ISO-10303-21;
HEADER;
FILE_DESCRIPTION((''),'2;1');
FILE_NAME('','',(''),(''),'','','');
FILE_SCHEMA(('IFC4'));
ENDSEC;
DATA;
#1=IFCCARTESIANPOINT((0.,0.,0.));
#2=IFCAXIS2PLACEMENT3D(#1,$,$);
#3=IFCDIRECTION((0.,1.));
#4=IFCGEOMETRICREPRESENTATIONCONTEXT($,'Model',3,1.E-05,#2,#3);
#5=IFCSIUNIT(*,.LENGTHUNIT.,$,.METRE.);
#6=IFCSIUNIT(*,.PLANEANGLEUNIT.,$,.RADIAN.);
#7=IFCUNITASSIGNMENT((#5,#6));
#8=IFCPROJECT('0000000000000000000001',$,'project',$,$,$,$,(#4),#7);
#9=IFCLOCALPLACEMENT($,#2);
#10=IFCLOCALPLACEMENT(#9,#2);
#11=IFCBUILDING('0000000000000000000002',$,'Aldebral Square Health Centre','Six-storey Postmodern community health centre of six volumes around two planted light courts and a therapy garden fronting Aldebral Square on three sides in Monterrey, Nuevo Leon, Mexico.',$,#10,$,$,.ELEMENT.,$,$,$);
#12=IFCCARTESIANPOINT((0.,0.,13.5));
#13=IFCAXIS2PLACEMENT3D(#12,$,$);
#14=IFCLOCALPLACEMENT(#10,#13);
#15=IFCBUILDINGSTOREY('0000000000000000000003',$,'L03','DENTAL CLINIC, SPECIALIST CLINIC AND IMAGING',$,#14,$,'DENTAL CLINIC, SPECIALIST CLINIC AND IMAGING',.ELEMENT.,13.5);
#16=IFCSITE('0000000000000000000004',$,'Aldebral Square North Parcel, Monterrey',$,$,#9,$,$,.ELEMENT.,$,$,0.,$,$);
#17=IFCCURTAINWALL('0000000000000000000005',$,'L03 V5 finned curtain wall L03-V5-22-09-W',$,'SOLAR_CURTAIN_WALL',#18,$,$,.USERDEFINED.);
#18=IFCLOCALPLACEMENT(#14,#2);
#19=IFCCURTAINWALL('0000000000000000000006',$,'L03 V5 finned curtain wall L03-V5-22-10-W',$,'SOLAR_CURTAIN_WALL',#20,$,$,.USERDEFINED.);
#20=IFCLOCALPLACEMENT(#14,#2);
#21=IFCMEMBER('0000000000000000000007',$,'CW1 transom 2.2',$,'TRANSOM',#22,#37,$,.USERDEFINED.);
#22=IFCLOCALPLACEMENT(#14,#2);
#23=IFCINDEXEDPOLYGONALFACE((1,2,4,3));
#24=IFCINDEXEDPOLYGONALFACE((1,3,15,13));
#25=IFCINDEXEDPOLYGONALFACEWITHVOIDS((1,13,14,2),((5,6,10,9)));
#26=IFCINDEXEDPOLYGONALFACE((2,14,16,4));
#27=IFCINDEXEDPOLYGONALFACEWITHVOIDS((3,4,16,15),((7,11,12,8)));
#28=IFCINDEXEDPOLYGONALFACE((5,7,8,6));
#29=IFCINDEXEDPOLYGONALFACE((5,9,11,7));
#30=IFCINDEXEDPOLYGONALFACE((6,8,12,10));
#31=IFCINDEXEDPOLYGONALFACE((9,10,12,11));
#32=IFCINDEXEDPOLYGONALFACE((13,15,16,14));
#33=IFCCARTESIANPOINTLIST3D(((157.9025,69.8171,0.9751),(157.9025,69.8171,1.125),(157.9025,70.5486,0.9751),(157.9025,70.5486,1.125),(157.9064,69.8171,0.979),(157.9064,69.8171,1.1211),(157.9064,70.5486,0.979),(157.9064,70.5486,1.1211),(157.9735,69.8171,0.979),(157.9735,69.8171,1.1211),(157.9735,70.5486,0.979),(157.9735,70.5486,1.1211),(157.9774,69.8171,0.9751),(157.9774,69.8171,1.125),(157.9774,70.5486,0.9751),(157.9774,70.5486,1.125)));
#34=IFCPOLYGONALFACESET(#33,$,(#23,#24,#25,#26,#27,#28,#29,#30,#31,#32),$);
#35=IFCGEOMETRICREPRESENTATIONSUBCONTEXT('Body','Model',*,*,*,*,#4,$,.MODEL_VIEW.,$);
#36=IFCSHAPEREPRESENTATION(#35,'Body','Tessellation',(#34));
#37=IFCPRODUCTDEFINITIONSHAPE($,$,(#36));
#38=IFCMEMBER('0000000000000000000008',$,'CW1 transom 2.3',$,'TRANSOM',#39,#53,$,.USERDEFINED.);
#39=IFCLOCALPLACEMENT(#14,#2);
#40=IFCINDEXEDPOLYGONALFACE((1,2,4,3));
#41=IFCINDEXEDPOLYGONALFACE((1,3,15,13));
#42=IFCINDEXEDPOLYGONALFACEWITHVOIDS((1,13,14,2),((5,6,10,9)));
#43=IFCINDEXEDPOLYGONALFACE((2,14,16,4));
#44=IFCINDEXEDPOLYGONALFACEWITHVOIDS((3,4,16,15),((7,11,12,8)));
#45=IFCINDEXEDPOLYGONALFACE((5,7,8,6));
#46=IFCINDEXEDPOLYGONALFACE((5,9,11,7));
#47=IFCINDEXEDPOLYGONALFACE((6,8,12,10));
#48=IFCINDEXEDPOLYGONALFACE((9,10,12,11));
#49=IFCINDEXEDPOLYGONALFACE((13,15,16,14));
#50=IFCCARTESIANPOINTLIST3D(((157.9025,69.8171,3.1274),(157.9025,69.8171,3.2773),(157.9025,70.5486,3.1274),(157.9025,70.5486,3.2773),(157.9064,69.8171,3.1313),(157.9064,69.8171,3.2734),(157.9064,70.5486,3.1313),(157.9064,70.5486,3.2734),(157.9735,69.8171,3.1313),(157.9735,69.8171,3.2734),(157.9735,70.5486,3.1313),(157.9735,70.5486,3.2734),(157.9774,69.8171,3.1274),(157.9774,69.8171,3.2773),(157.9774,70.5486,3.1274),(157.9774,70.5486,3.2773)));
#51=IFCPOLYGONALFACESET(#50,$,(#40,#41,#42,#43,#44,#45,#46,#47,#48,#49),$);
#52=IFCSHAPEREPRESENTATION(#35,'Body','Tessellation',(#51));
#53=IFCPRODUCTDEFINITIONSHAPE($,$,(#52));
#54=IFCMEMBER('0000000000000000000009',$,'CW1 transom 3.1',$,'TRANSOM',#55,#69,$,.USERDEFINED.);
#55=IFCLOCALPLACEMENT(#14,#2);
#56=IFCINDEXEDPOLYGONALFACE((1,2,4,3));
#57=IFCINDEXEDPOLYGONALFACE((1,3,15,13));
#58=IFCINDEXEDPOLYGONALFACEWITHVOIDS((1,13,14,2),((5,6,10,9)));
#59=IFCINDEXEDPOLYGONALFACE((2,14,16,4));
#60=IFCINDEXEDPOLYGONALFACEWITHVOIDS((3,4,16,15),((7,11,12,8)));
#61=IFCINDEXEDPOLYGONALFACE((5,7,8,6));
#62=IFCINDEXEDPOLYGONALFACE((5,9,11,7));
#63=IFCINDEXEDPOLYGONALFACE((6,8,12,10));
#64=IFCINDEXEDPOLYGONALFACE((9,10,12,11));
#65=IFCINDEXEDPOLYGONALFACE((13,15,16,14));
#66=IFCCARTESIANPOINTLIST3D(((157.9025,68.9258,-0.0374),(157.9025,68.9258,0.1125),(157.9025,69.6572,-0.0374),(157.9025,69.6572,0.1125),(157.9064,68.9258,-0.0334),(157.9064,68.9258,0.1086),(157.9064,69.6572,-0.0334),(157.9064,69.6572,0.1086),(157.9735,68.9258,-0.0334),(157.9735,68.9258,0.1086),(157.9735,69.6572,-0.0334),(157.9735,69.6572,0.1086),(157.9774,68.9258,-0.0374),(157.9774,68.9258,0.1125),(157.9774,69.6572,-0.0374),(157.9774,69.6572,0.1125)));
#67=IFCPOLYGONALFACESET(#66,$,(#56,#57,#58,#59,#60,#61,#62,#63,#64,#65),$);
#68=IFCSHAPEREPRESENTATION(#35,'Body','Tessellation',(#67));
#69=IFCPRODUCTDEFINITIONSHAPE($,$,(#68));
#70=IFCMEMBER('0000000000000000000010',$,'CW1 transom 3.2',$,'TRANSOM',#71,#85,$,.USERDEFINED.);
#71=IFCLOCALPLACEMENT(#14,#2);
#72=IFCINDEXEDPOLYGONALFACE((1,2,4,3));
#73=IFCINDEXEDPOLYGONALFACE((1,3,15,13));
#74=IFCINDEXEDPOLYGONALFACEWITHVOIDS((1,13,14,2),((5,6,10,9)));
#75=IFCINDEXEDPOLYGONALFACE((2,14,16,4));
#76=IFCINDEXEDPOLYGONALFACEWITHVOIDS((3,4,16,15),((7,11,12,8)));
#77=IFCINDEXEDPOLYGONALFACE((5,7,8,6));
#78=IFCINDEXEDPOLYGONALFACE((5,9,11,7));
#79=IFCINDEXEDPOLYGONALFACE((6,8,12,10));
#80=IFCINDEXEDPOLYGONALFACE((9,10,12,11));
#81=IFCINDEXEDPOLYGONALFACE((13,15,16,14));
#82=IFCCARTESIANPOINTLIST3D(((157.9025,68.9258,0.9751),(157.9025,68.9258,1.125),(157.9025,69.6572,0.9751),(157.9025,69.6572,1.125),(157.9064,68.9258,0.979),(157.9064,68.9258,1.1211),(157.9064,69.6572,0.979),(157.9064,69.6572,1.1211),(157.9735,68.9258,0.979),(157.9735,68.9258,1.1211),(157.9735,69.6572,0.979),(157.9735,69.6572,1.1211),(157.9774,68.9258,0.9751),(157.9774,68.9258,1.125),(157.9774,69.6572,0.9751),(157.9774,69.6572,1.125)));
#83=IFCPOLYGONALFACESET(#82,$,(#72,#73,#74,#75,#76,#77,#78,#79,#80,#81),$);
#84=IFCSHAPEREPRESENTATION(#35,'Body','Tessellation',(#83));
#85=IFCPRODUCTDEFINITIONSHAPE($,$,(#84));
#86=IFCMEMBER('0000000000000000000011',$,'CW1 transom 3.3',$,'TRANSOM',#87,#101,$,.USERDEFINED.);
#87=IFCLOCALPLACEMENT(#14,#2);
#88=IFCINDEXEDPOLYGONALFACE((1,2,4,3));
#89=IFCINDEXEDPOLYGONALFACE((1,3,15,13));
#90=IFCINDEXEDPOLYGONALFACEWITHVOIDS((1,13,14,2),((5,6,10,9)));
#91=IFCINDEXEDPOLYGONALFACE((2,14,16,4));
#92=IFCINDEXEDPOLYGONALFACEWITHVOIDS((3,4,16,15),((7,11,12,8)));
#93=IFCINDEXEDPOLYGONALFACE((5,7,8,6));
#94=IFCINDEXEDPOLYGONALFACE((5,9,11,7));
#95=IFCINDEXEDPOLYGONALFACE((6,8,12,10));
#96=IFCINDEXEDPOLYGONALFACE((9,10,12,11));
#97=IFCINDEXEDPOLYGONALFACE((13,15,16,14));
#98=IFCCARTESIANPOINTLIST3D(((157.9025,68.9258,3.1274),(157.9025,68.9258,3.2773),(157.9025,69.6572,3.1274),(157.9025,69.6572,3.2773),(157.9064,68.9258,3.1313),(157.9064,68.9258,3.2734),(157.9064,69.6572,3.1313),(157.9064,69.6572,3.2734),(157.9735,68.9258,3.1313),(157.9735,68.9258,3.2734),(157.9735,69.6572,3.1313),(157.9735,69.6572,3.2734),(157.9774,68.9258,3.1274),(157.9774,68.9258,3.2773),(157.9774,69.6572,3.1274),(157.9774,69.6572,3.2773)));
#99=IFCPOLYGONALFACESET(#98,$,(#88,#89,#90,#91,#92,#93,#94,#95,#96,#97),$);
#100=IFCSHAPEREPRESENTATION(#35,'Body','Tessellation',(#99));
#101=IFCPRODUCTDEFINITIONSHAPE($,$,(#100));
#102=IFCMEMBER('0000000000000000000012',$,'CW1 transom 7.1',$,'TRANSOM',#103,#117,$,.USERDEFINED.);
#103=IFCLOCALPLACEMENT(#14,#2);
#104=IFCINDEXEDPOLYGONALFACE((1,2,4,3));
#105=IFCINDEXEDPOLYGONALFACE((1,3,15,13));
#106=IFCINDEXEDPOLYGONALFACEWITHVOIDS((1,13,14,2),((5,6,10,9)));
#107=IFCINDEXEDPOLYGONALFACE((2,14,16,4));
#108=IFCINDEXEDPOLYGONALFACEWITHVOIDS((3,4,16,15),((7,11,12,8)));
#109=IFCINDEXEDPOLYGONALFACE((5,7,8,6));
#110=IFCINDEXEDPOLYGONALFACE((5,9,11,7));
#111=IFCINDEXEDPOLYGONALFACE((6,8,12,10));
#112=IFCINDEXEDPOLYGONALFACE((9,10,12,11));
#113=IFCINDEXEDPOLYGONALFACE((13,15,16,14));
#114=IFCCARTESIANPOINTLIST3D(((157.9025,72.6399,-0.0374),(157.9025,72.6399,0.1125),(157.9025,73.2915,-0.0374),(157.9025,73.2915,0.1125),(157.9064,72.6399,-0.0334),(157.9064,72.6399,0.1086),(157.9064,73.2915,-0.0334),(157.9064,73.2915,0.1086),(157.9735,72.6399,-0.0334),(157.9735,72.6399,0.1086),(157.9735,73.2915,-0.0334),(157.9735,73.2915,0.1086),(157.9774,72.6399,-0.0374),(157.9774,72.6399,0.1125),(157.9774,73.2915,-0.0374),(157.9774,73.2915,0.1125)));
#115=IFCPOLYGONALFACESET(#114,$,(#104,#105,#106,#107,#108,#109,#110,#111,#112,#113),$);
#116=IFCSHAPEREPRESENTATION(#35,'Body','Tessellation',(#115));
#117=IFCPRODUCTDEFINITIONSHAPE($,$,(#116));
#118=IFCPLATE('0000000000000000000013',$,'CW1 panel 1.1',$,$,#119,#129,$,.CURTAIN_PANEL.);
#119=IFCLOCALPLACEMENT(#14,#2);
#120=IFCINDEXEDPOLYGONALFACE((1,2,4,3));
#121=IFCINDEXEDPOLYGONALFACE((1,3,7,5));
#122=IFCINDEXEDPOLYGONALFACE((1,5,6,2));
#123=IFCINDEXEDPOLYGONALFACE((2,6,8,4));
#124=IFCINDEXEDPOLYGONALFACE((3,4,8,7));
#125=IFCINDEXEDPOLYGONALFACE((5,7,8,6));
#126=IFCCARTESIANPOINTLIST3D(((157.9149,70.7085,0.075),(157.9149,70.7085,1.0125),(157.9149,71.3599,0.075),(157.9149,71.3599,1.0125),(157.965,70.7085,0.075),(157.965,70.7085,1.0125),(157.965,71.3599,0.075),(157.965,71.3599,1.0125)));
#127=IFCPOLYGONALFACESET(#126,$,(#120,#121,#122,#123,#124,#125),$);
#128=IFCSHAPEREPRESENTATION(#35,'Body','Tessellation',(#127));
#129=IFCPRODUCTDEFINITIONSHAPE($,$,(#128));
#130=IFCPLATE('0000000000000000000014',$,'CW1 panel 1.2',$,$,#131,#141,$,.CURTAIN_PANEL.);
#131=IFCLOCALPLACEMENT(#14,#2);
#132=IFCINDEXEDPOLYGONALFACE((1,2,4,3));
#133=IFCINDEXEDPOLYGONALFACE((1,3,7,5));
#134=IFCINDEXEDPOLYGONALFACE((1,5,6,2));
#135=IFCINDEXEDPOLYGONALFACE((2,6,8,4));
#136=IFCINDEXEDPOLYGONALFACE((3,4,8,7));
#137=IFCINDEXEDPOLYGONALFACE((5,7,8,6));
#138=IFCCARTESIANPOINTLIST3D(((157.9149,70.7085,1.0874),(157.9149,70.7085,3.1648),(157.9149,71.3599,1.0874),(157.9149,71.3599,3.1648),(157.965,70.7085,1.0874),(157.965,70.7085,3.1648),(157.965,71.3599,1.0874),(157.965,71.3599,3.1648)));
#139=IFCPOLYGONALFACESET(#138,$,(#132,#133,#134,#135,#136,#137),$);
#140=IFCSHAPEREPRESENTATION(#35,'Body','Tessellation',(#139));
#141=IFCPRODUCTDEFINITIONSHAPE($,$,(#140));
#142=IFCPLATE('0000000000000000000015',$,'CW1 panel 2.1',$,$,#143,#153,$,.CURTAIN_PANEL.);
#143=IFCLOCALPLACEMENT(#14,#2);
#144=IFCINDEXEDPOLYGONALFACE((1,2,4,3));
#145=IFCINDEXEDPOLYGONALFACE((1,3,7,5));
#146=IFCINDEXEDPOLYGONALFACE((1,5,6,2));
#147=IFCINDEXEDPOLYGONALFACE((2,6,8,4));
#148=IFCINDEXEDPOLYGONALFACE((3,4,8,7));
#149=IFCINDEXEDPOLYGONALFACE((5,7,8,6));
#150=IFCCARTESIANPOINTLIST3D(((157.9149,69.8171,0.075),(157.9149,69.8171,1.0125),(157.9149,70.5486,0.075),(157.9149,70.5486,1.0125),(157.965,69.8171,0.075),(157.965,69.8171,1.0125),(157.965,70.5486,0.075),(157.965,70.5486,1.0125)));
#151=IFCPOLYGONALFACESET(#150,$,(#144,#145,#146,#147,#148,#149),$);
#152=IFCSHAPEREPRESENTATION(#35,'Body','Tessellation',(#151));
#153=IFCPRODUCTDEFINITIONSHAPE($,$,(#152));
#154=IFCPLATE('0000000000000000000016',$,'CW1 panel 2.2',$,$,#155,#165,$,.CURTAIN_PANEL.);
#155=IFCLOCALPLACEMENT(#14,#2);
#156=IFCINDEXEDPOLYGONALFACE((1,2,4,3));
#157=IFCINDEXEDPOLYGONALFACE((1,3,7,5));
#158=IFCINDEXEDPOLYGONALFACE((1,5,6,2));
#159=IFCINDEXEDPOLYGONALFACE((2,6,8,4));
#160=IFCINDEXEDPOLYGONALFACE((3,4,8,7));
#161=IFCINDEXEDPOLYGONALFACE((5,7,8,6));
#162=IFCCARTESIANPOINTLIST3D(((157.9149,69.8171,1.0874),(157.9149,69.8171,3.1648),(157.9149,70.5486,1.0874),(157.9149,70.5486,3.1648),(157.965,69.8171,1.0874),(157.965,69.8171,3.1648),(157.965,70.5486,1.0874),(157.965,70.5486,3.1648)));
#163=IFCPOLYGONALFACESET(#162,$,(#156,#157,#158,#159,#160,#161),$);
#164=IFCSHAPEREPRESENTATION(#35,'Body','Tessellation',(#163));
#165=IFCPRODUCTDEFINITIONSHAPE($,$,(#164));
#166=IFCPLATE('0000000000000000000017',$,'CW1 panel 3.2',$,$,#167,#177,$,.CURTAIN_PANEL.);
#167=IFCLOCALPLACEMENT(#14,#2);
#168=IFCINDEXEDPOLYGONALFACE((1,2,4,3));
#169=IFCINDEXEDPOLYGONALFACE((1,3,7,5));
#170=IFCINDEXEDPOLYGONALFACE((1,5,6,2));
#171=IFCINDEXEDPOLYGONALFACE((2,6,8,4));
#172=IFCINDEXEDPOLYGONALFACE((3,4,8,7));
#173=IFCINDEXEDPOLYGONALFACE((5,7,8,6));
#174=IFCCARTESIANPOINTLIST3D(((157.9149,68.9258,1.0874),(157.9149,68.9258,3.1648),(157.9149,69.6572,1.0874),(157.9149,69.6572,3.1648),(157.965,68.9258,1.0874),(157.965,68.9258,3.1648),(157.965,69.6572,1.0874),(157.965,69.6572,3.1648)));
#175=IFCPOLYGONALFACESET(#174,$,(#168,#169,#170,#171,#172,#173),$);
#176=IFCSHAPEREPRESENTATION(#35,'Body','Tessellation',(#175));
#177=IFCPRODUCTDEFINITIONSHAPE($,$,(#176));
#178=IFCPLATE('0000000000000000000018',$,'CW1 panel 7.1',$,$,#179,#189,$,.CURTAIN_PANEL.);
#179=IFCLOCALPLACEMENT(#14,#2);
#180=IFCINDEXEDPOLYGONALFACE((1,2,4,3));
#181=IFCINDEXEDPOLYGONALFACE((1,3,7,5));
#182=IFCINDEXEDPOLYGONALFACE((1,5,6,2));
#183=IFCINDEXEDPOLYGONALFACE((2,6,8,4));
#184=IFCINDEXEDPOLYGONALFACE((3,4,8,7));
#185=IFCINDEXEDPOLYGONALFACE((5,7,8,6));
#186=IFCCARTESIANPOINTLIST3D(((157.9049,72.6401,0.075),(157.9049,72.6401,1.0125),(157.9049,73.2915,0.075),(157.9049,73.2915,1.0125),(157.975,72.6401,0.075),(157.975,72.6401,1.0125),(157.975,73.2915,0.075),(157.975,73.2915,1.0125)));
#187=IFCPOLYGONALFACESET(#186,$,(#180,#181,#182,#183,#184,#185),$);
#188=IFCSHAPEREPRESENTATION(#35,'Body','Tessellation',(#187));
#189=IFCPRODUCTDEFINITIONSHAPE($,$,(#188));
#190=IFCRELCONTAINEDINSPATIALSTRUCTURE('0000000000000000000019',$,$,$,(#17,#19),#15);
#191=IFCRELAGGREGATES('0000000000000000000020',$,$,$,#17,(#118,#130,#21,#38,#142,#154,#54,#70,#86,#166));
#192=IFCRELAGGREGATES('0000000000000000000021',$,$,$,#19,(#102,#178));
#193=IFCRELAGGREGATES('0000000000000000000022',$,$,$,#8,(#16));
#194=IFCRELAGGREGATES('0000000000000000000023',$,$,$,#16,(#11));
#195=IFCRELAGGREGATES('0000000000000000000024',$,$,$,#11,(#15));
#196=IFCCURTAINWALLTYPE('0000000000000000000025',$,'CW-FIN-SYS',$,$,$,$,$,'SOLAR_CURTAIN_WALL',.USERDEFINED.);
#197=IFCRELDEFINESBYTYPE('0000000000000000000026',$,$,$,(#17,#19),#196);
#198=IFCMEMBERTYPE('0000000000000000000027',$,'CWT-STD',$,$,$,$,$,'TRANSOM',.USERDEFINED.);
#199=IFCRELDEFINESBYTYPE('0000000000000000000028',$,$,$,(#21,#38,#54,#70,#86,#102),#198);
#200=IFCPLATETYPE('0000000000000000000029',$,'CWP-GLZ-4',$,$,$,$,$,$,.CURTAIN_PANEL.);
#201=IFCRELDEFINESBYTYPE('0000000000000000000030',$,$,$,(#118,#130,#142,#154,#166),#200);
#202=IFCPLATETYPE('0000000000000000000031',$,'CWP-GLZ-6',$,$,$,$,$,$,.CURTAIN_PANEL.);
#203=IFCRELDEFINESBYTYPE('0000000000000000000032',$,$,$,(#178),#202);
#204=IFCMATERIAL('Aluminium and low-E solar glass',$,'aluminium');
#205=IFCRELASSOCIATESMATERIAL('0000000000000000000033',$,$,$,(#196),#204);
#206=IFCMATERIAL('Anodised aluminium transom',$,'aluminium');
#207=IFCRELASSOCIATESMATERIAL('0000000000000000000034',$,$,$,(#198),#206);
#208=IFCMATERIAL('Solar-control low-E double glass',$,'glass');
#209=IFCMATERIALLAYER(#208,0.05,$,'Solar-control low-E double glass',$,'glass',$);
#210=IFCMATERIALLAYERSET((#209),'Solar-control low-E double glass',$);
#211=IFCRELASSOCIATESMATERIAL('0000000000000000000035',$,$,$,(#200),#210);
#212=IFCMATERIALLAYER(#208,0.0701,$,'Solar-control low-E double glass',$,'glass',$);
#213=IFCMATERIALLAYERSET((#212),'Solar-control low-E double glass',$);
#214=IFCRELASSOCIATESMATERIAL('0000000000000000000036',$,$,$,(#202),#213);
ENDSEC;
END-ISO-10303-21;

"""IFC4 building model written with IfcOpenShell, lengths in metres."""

from ifc_helpers import new_model, si_unit, direction, frame, origin, origin_2d, place, context, subcontext, project, spatial, rectangle, hollow_rectangle, extrude, material, layer, layer_set, material_profile, profile_set, type_object, element, aggregate, save


model = new_model("IFC4")

# Units and contexts
model_context = context("Model", 3, precision=1e-05, world=origin(), true_north=direction((0.0, 1.0)))
body_context = subcontext(model_context, "Body", "Model", "MODEL_VIEW")
ifc_project = project(units=[si_unit("LENGTHUNIT", "METRE"), si_unit("PLANEANGLEUNIT", "RADIAN")], contexts=[model_context])

# Site, building, storey
site_placement = place(None, origin())
site = spatial("IfcSite", under=ifc_project, at=site_placement, Name="Aldebral Square North Parcel, Monterrey", CompositionType="ELEMENT", RefElevation=0.0)
building_placement = place(site_placement, origin())
building = spatial("IfcBuilding", under=site, at=building_placement, Name="Aldebral Square Health Centre", Description="Six-storey Postmodern community health centre of six volumes around two planted light courts and a therapy garden fronting Aldebral Square on three sides in Monterrey, Nuevo Leon, Mexico.", CompositionType="ELEMENT")
storey_placement = place(building_placement, frame((0.0, 0.0, 13.5)))
storey = spatial("IfcBuildingStorey", under=building, at=storey_placement, Name="L03", Description="DENTAL CLINIC, SPECIALIST CLINIC AND IMAGING", LongName="DENTAL CLINIC, SPECIALIST CLINIC AND IMAGING", CompositionType="ELEMENT", Elevation=13.5)

# Curtain wall
ifc_material_1 = material(Name="Aluminium and low-E solar glass", Category="aluminium")
curtain_wall_type = type_object("IfcCurtainWallType", Name="CW-FIN-SYS", ElementType="SOLAR_CURTAIN_WALL", PredefinedType="USERDEFINED", material=ifc_material_1)
curtain_wall_1_placement = place(storey_placement, origin())
curtain_wall_1 = element("IfcCurtainWall", 1, at=curtain_wall_1_placement, inside=storey, type_object=curtain_wall_type, Name="L03 V5 finned curtain wall L03-V5-22-09-W", ObjectType="SOLAR_CURTAIN_WALL", PredefinedType="USERDEFINED")

# Curtain wall
curtain_wall_2_placement = place(storey_placement, origin())
curtain_wall_2 = element("IfcCurtainWall", 2, at=curtain_wall_2_placement, inside=storey, type_object=curtain_wall_type, Name="L03 V5 finned curtain wall L03-V5-22-10-W", ObjectType="SOLAR_CURTAIN_WALL", PredefinedType="USERDEFINED")

# Members
ifc_material_2 = material(Name="Anodised aluminium transom", Category="aluminium")
ifc_material_profile_1 = material_profile(ifc_material_2, hollow_rectangle(XDim=0.075, YDim=0.1499, WallThickness=0.0039, at=origin_2d()), Name="CWT 75x150x4")
ifc_profile_set_1 = profile_set([ifc_material_profile_1], Name="Anodised aluminium transom")
member_type_1 = type_object("IfcMemberType", Name="CWT-STD", ElementType="TRANSOM", PredefinedType="USERDEFINED", material=ifc_profile_set_1)
member_1_placement = place(storey_placement, frame((157.9399, 70.5486, 1.05), z_axis=(0.0, -1.0, 0.0), x_axis=(1.0, 0.0, 0.0)))
member_1 = element("IfcMember", 3, at=member_1_placement, type_object=member_type_1, Name="CW1 transom 2.2", ObjectType="TRANSOM", PredefinedType="USERDEFINED", context=body_context, shape_type="SweptSolid", body=[
    extrude(hollow_rectangle(XDim=0.075, YDim=0.1499, WallThickness=0.0039, at=origin_2d()), origin(), (0.0, 0.0, 1.0), 0.7314),
])
member_2_placement = place(storey_placement, frame((157.9399, 70.5486, 3.2024), z_axis=(0.0, -1.0, 0.0), x_axis=(1.0, 0.0, 0.0)))
member_2 = element("IfcMember", 4, at=member_2_placement, type_object=member_type_1, Name="CW1 transom 2.3", ObjectType="TRANSOM", PredefinedType="USERDEFINED", context=body_context, shape_type="SweptSolid", body=[
    extrude(hollow_rectangle(XDim=0.075, YDim=0.1499, WallThickness=0.0039, at=origin_2d()), origin(), (0.0, 0.0, 1.0), 0.7314),
])
member_3_placement = place(storey_placement, frame((157.9399, 69.6572, 0.0376), z_axis=(0.0, -1.0, 0.0), x_axis=(1.0, 0.0, 0.0)))
member_3 = element("IfcMember", 5, at=member_3_placement, type_object=member_type_1, Name="CW1 transom 3.1", ObjectType="TRANSOM", PredefinedType="USERDEFINED", context=body_context, shape_type="SweptSolid", body=[
    extrude(hollow_rectangle(XDim=0.075, YDim=0.1499, WallThickness=0.0039, at=origin_2d()), origin(), (0.0, 0.0, 1.0), 0.7314),
])
member_4_placement = place(storey_placement, frame((157.9399, 69.6572, 1.05), z_axis=(0.0, -1.0, 0.0), x_axis=(1.0, 0.0, 0.0)))
member_4 = element("IfcMember", 6, at=member_4_placement, type_object=member_type_1, Name="CW1 transom 3.2", ObjectType="TRANSOM", PredefinedType="USERDEFINED", context=body_context, shape_type="SweptSolid", body=[
    extrude(hollow_rectangle(XDim=0.075, YDim=0.1499, WallThickness=0.0039, at=origin_2d()), origin(), (0.0, 0.0, 1.0), 0.7314),
])
member_5_placement = place(storey_placement, frame((157.9399, 69.6572, 3.2024), z_axis=(0.0, -1.0, 0.0), x_axis=(1.0, 0.0, 0.0)))
member_5 = element("IfcMember", 7, at=member_5_placement, type_object=member_type_1, Name="CW1 transom 3.3", ObjectType="TRANSOM", PredefinedType="USERDEFINED", context=body_context, shape_type="SweptSolid", body=[
    extrude(hollow_rectangle(XDim=0.075, YDim=0.1499, WallThickness=0.0039, at=origin_2d()), origin(), (0.0, 0.0, 1.0), 0.7314),
])
member_6_placement = place(storey_placement, frame((157.9399, 73.2915, 0.0376), z_axis=(0.0, -1.0, 0.0), x_axis=(1.0, 0.0, 0.0)))
member_6 = element("IfcMember", 8, at=member_6_placement, type_object=member_type_1, Name="CW1 transom 7.1", ObjectType="TRANSOM", PredefinedType="USERDEFINED", context=body_context, shape_type="SweptSolid", body=[
    extrude(hollow_rectangle(XDim=0.075, YDim=0.1499, WallThickness=0.0039, at=origin_2d()), origin(), (0.0, 0.0, 1.0), 0.6516),
])

# Plates
ifc_material_3 = material(Name="Solar-control low-E double glass", Category="glass")
ifc_layer_1 = layer(ifc_material_3, 0.05, Name="Solar-control low-E double glass", Category="glass")
ifc_layer_set_1 = layer_set([ifc_layer_1], Name="Solar-control low-E double glass")
plate_type_1 = type_object("IfcPlateType", Name="CWP-GLZ-4", PredefinedType="CURTAIN_PANEL", material=ifc_layer_set_1)
plate_1_placement = place(storey_placement, frame((157.9399, 71.0342, 0.075), z_axis=(0.0, 0.0, 1.0), x_axis=(0.0, -1.0, 0.0)))
plate_1 = element("IfcPlate", 9, at=plate_1_placement, type_object=plate_type_1, Name="CW1 panel 1.1", PredefinedType="CURTAIN_PANEL", context=body_context, shape_type="SweptSolid", body=[
    extrude(rectangle(XDim=0.6514, YDim=0.05, at=origin_2d()), origin(), (0.0, 0.0, 1.0), 0.9375),
])
plate_2_placement = place(storey_placement, frame((157.9399, 71.0342, 1.0874), z_axis=(0.0, 0.0, 1.0), x_axis=(0.0, -1.0, 0.0)))
plate_2 = element("IfcPlate", 10, at=plate_2_placement, type_object=plate_type_1, Name="CW1 panel 1.2", PredefinedType="CURTAIN_PANEL", context=body_context, shape_type="SweptSolid", body=[
    extrude(rectangle(XDim=0.6514, YDim=0.05, at=origin_2d()), origin(), (0.0, 0.0, 1.0), 2.0774),
])
plate_3_placement = place(storey_placement, frame((157.9399, 70.1829, 0.075), z_axis=(0.0, 0.0, 1.0), x_axis=(0.0, -1.0, 0.0)))
plate_3 = element("IfcPlate", 11, at=plate_3_placement, type_object=plate_type_1, Name="CW1 panel 2.1", PredefinedType="CURTAIN_PANEL", context=body_context, shape_type="SweptSolid", body=[
    extrude(rectangle(XDim=0.7314, YDim=0.05, at=origin_2d()), origin(), (0.0, 0.0, 1.0), 0.9375),
])
plate_4_placement = place(storey_placement, frame((157.9399, 70.1829, 1.0874), z_axis=(0.0, 0.0, 1.0), x_axis=(0.0, -1.0, 0.0)))
plate_4 = element("IfcPlate", 12, at=plate_4_placement, type_object=plate_type_1, Name="CW1 panel 2.2", PredefinedType="CURTAIN_PANEL", context=body_context, shape_type="SweptSolid", body=[
    extrude(rectangle(XDim=0.7314, YDim=0.05, at=origin_2d()), origin(), (0.0, 0.0, 1.0), 2.0774),
])
plate_5_placement = place(storey_placement, frame((157.9399, 69.2915, 1.0874), z_axis=(0.0, 0.0, 1.0), x_axis=(0.0, -1.0, 0.0)))
plate_5 = element("IfcPlate", 13, at=plate_5_placement, type_object=plate_type_1, Name="CW1 panel 3.2", PredefinedType="CURTAIN_PANEL", context=body_context, shape_type="SweptSolid", body=[
    extrude(rectangle(XDim=0.7314, YDim=0.05, at=origin_2d()), origin(), (0.0, 0.0, 1.0), 2.0774),
])
aggregate(curtain_wall_1, [plate_1, plate_2, member_1, member_2, plate_3, plate_4, member_3, member_4, member_5, plate_5])
ifc_layer_2 = layer(ifc_material_3, 0.0701, Name="Solar-control low-E double glass", Category="glass")
ifc_layer_set_2 = layer_set([ifc_layer_2], Name="Solar-control low-E double glass")
plate_type_2 = type_object("IfcPlateType", Name="CWP-GLZ-6", PredefinedType="CURTAIN_PANEL", material=ifc_layer_set_2)
plate_6_placement = place(storey_placement, frame((157.9399, 72.9658, 0.075), z_axis=(0.0, 0.0, 1.0), x_axis=(0.0, -1.0, 0.0)))
plate_6 = element("IfcPlate", 14, at=plate_6_placement, type_object=plate_type_2, Name="CW1 panel 7.1", PredefinedType="CURTAIN_PANEL", context=body_context, shape_type="SweptSolid", body=[
    extrude(rectangle(XDim=0.6514, YDim=0.0701, at=origin_2d()), origin(), (0.0, 0.0, 1.0), 0.9375),
])
aggregate(curtain_wall_2, [member_6, plate_6])

save(model, "model.ifc")
